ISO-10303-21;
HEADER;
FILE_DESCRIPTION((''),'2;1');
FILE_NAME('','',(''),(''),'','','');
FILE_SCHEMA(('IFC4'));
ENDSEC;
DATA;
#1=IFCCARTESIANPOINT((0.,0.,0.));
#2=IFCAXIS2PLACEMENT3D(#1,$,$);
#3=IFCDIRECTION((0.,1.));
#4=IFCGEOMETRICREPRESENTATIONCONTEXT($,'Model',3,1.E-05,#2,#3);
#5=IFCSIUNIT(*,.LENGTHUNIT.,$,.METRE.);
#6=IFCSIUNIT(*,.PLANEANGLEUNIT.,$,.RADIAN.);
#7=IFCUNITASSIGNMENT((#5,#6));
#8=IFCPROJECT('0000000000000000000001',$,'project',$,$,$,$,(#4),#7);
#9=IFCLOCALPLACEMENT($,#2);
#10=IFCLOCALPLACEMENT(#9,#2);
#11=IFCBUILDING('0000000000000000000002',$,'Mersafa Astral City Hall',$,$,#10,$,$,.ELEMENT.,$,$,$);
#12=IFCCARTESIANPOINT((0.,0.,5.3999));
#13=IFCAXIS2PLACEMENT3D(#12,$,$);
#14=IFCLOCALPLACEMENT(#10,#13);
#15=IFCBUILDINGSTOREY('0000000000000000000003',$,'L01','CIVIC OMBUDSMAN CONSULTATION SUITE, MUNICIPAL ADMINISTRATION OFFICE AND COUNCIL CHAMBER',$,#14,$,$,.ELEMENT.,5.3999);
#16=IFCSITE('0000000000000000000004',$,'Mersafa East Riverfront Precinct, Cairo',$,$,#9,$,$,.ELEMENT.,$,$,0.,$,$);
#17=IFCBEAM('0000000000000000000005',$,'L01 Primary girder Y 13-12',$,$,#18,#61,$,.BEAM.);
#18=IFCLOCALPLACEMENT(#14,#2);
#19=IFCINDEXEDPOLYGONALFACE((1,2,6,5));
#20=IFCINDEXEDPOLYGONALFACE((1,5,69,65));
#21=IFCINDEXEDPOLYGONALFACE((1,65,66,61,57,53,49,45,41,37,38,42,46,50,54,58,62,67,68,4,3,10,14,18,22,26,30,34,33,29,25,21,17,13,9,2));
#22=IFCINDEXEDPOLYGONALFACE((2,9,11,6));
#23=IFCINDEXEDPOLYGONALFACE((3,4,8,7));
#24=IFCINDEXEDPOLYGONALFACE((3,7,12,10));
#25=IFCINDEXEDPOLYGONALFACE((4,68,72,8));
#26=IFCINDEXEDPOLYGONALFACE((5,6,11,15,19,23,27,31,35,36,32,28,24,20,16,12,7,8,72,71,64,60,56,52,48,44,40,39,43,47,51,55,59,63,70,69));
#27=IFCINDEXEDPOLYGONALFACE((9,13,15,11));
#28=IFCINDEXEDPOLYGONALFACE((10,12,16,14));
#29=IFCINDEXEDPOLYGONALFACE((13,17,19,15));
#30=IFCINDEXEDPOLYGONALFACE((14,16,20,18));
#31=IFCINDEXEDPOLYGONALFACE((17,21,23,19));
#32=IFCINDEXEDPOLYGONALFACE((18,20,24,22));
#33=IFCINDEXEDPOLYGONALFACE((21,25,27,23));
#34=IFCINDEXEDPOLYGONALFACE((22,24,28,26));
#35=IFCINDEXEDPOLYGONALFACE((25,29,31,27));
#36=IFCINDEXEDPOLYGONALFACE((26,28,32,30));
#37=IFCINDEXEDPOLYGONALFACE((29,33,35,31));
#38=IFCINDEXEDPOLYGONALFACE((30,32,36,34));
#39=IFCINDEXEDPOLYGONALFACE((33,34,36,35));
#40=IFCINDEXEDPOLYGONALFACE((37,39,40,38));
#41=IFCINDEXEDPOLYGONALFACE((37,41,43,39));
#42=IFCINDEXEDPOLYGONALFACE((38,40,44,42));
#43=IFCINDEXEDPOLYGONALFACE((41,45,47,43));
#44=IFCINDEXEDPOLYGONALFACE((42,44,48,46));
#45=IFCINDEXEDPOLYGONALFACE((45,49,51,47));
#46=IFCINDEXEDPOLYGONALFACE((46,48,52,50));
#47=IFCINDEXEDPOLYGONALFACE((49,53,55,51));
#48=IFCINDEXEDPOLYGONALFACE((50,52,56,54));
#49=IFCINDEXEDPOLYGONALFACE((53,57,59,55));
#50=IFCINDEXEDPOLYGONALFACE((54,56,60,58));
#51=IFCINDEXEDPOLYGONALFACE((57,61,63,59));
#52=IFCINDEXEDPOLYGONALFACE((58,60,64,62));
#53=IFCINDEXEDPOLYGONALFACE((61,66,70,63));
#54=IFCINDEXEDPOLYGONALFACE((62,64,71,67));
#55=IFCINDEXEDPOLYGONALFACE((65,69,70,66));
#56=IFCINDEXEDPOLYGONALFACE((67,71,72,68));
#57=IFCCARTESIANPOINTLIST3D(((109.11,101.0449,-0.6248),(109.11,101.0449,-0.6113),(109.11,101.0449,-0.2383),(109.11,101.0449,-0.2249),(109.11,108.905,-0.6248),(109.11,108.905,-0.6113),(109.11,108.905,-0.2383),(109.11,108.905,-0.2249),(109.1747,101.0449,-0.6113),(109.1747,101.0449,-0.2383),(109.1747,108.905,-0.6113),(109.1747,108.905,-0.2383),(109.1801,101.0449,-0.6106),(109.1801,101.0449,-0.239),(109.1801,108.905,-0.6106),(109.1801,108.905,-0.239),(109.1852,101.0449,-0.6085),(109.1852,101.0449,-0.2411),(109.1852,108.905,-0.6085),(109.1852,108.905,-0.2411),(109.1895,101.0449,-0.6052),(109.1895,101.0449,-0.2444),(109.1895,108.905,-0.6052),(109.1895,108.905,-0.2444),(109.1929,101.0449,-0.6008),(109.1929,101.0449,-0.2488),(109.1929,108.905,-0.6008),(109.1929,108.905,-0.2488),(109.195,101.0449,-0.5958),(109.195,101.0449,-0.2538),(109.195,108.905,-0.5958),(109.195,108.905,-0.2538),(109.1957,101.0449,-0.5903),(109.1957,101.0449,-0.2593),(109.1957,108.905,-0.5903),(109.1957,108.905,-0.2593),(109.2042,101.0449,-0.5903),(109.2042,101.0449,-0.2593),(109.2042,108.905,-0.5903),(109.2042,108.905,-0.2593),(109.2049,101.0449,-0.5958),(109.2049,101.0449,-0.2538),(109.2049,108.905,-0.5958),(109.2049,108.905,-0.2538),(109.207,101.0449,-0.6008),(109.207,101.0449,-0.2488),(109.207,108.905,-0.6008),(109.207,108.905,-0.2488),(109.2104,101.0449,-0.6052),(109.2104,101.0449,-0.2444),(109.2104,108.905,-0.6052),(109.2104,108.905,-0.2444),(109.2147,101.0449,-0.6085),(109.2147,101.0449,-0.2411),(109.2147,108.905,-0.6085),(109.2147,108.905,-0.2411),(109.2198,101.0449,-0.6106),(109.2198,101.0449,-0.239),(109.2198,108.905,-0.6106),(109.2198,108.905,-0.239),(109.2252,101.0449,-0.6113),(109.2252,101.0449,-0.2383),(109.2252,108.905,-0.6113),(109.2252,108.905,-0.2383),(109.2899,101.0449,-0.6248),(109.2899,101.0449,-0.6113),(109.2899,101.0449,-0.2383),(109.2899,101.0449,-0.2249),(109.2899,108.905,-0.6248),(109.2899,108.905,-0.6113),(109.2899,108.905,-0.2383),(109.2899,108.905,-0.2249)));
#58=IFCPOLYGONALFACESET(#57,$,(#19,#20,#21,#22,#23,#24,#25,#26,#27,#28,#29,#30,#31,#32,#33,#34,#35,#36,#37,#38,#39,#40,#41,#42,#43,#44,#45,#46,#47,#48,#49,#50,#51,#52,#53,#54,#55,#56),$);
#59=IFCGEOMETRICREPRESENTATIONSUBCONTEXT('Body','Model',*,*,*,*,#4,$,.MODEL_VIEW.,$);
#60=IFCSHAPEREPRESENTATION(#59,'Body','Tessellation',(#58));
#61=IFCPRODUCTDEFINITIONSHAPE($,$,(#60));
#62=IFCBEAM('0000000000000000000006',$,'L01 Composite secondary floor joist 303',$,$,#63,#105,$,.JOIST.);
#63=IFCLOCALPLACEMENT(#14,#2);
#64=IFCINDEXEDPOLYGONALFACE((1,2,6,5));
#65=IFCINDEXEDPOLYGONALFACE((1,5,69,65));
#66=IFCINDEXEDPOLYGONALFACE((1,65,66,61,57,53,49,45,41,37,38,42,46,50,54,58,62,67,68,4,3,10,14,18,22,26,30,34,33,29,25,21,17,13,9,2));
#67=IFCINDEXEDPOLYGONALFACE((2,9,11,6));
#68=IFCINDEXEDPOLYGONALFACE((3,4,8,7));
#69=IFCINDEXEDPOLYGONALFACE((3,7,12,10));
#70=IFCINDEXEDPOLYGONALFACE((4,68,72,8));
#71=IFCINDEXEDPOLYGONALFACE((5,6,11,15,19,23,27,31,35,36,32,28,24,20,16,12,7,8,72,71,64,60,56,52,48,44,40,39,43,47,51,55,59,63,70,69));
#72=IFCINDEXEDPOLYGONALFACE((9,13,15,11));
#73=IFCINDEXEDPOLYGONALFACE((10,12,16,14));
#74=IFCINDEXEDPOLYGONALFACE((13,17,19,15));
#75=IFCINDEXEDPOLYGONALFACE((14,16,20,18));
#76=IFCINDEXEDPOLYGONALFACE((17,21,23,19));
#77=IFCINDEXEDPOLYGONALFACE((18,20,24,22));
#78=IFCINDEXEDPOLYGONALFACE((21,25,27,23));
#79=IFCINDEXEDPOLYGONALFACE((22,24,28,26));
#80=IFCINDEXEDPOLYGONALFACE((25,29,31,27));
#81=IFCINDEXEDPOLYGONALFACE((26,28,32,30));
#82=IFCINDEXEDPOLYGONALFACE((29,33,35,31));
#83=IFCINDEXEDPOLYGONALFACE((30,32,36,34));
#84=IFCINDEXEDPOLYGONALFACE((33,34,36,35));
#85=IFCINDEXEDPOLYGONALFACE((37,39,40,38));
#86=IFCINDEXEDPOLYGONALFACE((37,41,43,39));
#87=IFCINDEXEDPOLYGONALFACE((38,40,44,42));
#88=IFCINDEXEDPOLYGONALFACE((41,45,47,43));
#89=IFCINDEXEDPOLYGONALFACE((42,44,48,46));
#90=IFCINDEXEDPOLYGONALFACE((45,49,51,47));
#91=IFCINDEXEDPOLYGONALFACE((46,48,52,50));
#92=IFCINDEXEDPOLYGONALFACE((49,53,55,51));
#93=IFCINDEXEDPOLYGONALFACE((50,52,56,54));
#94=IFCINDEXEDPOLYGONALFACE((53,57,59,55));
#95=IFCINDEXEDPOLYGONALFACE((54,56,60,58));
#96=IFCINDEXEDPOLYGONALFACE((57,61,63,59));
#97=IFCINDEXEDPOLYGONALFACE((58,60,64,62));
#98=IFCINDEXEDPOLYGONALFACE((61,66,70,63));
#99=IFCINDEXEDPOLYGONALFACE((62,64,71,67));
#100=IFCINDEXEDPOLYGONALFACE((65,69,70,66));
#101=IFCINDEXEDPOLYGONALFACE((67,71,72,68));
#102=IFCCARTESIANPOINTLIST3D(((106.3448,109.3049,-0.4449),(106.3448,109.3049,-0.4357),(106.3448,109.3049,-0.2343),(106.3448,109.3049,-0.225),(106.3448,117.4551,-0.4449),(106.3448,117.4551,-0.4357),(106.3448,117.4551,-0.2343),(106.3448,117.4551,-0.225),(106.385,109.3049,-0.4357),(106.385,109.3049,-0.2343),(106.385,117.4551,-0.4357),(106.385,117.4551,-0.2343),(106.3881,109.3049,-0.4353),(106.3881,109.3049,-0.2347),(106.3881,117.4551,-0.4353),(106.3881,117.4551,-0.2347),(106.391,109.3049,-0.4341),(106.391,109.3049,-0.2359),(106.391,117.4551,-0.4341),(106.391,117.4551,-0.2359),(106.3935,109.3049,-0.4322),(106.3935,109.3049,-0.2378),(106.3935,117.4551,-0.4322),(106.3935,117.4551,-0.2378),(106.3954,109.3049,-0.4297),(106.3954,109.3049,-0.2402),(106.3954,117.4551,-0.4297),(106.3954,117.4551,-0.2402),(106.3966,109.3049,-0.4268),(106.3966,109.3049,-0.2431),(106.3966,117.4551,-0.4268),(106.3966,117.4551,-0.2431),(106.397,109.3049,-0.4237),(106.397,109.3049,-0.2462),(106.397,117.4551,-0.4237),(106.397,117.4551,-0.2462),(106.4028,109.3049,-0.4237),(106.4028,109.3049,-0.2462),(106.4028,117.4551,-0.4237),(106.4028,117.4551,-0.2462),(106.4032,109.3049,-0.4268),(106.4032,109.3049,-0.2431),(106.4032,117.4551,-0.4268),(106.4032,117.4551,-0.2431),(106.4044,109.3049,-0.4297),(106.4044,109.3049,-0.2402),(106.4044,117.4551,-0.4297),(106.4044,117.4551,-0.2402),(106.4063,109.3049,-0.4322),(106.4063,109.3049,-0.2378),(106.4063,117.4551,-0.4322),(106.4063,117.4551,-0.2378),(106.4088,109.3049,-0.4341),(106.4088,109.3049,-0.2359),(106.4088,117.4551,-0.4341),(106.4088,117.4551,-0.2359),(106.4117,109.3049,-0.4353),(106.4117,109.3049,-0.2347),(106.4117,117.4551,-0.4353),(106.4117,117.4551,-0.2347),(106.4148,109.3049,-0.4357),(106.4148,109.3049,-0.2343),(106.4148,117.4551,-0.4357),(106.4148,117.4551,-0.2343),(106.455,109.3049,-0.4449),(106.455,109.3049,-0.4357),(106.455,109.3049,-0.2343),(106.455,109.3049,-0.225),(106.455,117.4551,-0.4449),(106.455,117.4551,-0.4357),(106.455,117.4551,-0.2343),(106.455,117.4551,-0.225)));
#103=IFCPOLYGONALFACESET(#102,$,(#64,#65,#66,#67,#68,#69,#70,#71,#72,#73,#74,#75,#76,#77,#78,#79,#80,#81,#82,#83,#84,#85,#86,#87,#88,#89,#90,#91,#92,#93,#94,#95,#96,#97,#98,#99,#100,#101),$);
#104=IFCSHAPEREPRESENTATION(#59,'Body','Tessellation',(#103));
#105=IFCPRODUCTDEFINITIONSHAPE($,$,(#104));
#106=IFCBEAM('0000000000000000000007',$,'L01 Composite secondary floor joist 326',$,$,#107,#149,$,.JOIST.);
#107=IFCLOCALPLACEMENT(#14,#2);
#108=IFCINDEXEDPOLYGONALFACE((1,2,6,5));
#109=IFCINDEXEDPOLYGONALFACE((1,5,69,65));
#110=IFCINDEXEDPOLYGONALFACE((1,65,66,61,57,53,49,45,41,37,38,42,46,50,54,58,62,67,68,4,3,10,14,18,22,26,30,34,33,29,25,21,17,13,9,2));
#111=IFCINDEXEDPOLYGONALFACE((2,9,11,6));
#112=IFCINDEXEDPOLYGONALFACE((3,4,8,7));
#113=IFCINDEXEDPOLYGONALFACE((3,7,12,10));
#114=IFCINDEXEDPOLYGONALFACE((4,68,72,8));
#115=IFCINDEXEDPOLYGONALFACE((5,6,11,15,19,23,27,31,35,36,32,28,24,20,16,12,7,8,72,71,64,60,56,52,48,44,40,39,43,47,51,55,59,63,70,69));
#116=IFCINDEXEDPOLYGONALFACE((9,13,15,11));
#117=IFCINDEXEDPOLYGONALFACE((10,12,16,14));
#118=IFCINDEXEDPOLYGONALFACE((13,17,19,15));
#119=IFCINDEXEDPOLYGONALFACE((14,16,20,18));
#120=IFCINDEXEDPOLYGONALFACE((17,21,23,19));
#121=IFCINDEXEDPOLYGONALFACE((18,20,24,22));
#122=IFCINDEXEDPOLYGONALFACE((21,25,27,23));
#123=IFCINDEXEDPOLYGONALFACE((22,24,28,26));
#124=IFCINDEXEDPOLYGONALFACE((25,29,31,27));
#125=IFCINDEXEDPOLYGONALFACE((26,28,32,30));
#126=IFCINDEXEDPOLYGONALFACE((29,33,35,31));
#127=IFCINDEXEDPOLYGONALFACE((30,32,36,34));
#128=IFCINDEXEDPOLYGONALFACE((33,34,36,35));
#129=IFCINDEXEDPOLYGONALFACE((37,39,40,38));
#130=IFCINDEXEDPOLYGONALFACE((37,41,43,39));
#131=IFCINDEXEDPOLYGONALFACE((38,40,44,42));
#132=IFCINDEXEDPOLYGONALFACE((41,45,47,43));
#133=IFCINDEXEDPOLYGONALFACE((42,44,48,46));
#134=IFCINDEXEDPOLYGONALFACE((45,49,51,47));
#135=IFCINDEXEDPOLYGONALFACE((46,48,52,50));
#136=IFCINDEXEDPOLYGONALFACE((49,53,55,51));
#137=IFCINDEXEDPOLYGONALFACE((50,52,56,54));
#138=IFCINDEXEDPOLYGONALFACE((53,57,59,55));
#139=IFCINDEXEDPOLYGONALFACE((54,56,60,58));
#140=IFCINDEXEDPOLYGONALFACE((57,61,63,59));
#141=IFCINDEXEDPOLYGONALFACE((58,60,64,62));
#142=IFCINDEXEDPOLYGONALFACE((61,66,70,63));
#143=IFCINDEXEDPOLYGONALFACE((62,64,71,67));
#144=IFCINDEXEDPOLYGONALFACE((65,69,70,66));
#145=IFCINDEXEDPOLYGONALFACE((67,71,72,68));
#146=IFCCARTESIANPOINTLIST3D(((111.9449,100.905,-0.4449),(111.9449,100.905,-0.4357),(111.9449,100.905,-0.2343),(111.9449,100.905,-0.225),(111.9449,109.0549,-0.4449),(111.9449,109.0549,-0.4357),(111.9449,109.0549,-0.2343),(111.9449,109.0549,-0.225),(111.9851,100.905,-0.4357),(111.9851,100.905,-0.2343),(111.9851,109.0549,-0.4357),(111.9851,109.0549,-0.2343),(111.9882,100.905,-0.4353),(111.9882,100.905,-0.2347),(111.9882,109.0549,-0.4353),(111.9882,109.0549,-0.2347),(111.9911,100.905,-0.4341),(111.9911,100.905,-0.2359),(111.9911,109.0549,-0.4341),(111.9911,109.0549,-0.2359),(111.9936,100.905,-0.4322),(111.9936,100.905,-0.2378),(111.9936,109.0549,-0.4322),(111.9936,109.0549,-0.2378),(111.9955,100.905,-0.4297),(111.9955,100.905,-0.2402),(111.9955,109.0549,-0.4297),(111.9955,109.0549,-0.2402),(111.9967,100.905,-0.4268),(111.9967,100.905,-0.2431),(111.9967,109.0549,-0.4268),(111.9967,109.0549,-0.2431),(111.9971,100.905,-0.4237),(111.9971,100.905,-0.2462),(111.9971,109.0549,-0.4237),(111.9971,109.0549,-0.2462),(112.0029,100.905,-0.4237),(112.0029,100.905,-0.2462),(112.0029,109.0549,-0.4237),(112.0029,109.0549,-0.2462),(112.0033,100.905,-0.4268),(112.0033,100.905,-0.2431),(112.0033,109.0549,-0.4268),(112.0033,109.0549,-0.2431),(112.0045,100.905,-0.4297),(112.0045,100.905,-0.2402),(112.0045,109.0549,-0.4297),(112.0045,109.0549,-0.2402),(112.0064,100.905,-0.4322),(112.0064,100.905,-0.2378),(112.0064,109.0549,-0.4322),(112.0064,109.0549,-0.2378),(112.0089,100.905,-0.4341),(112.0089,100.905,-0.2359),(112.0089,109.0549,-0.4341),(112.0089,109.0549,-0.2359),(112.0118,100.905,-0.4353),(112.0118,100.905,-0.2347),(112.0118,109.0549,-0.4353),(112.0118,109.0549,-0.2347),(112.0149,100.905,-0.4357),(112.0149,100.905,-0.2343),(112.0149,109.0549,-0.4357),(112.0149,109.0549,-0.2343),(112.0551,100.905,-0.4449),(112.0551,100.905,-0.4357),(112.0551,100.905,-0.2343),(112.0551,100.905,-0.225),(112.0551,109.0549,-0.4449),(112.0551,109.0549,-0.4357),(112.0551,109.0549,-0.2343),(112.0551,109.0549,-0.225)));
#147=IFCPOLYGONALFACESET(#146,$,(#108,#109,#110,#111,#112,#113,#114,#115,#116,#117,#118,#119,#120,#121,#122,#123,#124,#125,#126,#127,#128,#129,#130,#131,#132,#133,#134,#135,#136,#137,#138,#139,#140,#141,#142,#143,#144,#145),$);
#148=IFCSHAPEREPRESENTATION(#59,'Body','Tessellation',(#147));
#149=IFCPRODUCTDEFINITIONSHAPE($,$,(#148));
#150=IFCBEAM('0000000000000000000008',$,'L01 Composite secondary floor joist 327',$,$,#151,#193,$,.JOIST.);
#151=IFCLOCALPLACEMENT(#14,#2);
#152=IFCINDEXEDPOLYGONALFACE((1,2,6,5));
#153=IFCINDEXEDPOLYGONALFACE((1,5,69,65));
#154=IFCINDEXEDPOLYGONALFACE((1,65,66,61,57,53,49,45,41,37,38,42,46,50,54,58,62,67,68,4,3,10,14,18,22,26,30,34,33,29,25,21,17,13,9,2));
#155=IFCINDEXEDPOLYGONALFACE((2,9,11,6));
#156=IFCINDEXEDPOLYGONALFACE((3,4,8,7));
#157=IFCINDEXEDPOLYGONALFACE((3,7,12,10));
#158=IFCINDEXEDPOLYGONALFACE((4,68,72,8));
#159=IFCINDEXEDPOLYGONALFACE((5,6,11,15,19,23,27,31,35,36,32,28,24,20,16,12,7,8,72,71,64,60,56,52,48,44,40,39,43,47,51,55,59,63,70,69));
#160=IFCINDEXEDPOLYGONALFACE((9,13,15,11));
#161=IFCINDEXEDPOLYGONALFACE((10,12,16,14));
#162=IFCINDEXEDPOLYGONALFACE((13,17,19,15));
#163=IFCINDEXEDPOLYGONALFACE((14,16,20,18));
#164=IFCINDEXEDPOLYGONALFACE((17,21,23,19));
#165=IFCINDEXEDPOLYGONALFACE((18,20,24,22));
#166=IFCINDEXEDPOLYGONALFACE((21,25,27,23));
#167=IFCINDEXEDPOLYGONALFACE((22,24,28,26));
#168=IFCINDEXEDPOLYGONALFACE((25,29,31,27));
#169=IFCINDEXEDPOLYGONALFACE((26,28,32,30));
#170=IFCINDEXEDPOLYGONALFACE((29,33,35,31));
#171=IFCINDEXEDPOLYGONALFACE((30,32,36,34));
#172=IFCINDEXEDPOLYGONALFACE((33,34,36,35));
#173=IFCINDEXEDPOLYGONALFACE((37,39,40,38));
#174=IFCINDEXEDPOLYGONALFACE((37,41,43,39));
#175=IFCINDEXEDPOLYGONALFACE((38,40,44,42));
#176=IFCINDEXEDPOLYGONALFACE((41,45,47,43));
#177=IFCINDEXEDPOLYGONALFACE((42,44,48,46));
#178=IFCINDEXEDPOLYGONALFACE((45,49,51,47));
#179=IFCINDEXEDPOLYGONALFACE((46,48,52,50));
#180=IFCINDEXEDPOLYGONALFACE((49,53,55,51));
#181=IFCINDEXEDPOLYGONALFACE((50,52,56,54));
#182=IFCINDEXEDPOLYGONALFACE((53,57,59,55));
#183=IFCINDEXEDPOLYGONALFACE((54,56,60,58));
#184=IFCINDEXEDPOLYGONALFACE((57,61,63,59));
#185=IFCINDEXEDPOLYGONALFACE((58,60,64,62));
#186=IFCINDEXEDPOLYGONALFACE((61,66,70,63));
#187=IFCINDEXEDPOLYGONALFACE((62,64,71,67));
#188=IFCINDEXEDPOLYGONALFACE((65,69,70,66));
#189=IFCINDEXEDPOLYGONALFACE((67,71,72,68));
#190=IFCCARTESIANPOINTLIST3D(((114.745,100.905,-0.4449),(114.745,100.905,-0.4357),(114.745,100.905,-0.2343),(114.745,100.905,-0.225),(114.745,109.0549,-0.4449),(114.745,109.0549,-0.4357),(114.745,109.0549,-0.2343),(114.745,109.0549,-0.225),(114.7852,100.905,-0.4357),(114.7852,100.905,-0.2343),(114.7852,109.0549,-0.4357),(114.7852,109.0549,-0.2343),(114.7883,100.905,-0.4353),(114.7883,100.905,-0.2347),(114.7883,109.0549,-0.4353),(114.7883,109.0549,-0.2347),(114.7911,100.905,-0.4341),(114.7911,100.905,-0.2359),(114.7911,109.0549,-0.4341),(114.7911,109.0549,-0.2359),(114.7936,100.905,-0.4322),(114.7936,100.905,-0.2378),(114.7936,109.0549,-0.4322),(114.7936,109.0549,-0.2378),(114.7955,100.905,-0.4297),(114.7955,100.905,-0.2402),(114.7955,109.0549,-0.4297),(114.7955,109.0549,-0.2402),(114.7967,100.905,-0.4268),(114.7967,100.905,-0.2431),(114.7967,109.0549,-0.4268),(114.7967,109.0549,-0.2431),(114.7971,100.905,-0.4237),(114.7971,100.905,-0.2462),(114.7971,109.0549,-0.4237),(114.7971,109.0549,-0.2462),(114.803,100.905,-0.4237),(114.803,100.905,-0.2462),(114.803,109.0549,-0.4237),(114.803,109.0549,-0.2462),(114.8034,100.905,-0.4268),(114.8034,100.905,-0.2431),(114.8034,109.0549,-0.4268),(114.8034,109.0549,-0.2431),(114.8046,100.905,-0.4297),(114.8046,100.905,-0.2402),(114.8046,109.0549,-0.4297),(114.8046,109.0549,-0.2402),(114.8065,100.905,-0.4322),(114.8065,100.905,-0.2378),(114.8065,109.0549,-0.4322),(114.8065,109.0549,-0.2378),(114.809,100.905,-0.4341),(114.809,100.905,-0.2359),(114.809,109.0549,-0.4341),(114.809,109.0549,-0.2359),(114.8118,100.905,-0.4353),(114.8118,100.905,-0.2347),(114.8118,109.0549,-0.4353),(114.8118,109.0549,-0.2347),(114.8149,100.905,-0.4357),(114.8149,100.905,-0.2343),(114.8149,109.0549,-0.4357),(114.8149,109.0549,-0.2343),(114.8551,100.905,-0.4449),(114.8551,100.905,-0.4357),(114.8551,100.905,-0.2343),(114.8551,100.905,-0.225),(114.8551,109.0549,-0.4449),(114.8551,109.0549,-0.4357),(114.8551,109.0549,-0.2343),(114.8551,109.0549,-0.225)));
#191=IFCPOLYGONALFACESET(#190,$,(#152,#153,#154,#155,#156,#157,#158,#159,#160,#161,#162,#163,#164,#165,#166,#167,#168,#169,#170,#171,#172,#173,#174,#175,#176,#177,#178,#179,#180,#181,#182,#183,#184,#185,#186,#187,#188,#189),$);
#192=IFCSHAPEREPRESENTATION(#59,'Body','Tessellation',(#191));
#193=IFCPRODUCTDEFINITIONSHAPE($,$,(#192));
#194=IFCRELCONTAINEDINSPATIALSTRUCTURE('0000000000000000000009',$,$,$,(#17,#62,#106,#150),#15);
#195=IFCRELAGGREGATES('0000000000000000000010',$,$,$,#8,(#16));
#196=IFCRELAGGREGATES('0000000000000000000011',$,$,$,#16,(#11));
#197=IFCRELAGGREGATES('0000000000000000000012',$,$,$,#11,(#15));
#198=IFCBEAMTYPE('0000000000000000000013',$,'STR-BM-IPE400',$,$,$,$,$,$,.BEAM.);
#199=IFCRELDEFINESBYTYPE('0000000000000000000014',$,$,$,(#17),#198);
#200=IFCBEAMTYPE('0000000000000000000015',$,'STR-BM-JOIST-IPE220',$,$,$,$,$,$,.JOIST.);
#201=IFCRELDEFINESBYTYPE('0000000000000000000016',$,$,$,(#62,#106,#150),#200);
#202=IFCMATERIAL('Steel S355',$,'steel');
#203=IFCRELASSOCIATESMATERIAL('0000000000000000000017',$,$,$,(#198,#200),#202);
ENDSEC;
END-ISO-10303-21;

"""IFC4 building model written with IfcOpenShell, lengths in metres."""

from ifc_helpers import new_model, si_unit, direction, frame, origin, origin_2d, place, context, subcontext, project, spatial, i_section, extrude, material, material_profile, profile_set, type_object, element, save


model = new_model("IFC4")

# Units and contexts
model_context = context("Model", 3, precision=1e-05, world=origin(), true_north=direction((0.0, 1.0)))
body_context = subcontext(model_context, "Body", "Model", "MODEL_VIEW")
ifc_project = project(units=[si_unit("LENGTHUNIT", "METRE"), si_unit("PLANEANGLEUNIT", "RADIAN")], contexts=[model_context])

# Site, building, storey
site_placement = place(None, origin())
site = spatial("IfcSite", under=ifc_project, at=site_placement, Name="Mersafa East Riverfront Precinct, Cairo", CompositionType="ELEMENT", RefElevation=0.0)
building_placement = place(site_placement, origin())
building = spatial("IfcBuilding", under=site, at=building_placement, Name="Mersafa Astral City Hall", CompositionType="ELEMENT")
storey_placement = place(building_placement, frame((0.0, 0.0, 5.3999)))
storey = spatial("IfcBuildingStorey", under=building, at=storey_placement, Name="L01", Description="CIVIC OMBUDSMAN CONSULTATION SUITE, MUNICIPAL ADMINISTRATION OFFICE AND COUNCIL CHAMBER", CompositionType="ELEMENT", Elevation=5.3999)

# Shared definitions
ifc_material_1 = material(Name="Steel S355", Category="steel")

# Beams
ifc_material_profile_1 = material_profile(ifc_material_1, i_section(OverallWidth=0.1799, OverallDepth=0.3999, WebThickness=0.0085, FlangeThickness=0.0134, FilletRadius=0.021, at=origin_2d()), Name="IPE 400")
ifc_profile_set_1 = profile_set([ifc_material_profile_1], Name="Steel S355")
beam_type_1 = type_object("IfcBeamType", Name="STR-BM-IPE400", PredefinedType="BEAM", material=ifc_profile_set_1)
beam_1_placement = place(storey_placement, frame((109.2, 101.0449, -0.4248), z_axis=(0.0, 1.0, 0.0), x_axis=(-1.0, 0.0, 0.0)))
element("IfcBeam", 1, at=beam_1_placement, inside=storey, type_object=beam_type_1, Name="L01 Primary girder Y 13-12", PredefinedType="BEAM", context=body_context, shape_type="SweptSolid", body=[
    extrude(i_section(OverallWidth=0.1799, OverallDepth=0.3999, WebThickness=0.0085, FlangeThickness=0.0134, FilletRadius=0.021, at=origin_2d()), origin(), (0.0, 0.0, 1.0), 7.8601),
])
ifc_material_profile_2 = material_profile(ifc_material_1, i_section(OverallWidth=0.1101, OverallDepth=0.22, WebThickness=0.0059, FlangeThickness=0.0093, FilletRadius=0.012, at=origin_2d()), Name="IPE 220")
ifc_profile_set_2 = profile_set([ifc_material_profile_2], Name="Steel S355")
beam_type_2 = type_object("IfcBeamType", Name="STR-BM-JOIST-IPE220", PredefinedType="JOIST", material=ifc_profile_set_2)
beam_2_placement = place(storey_placement, frame((106.3999, 109.3049, -0.335), z_axis=(0.0, 1.0, 0.0), x_axis=(-1.0, 0.0, 0.0)))
element("IfcBeam", 2, at=beam_2_placement, inside=storey, type_object=beam_type_2, Name="L01 Composite secondary floor joist 303", PredefinedType="JOIST", context=body_context, shape_type="SweptSolid", body=[
    extrude(i_section(OverallWidth=0.1101, OverallDepth=0.22, WebThickness=0.0059, FlangeThickness=0.0093, FilletRadius=0.012, at=origin_2d()), origin(), (0.0, 0.0, 1.0), 8.1501),
])
for number, where, z_axis, x_axis, name in (
    (3, (112.0, 100.905, -0.335), (0.0, 1.0, 0.0), (-1.0, 0.0, 0.0), "L01 Composite secondary floor joist 326"),
    (4, (114.8, 100.905, -0.335), (0.0, 1.0, 0.0), (-1.0, 0.0, 0.0), "L01 Composite secondary floor joist 327"),
):
    element("IfcBeam", number, at=place(storey_placement, frame(where, z_axis=z_axis, x_axis=x_axis)), inside=storey, type_object=beam_type_2, Name=name, PredefinedType="JOIST", context=body_context, shape_type="SweptSolid", body=[
        extrude(i_section(OverallWidth=0.1101, OverallDepth=0.22, WebThickness=0.0059, FlangeThickness=0.0093, FilletRadius=0.012, at=origin_2d()), origin(), (0.0, 0.0, 1.0), 8.1499),
    ])

save(model, "model.ifc")
